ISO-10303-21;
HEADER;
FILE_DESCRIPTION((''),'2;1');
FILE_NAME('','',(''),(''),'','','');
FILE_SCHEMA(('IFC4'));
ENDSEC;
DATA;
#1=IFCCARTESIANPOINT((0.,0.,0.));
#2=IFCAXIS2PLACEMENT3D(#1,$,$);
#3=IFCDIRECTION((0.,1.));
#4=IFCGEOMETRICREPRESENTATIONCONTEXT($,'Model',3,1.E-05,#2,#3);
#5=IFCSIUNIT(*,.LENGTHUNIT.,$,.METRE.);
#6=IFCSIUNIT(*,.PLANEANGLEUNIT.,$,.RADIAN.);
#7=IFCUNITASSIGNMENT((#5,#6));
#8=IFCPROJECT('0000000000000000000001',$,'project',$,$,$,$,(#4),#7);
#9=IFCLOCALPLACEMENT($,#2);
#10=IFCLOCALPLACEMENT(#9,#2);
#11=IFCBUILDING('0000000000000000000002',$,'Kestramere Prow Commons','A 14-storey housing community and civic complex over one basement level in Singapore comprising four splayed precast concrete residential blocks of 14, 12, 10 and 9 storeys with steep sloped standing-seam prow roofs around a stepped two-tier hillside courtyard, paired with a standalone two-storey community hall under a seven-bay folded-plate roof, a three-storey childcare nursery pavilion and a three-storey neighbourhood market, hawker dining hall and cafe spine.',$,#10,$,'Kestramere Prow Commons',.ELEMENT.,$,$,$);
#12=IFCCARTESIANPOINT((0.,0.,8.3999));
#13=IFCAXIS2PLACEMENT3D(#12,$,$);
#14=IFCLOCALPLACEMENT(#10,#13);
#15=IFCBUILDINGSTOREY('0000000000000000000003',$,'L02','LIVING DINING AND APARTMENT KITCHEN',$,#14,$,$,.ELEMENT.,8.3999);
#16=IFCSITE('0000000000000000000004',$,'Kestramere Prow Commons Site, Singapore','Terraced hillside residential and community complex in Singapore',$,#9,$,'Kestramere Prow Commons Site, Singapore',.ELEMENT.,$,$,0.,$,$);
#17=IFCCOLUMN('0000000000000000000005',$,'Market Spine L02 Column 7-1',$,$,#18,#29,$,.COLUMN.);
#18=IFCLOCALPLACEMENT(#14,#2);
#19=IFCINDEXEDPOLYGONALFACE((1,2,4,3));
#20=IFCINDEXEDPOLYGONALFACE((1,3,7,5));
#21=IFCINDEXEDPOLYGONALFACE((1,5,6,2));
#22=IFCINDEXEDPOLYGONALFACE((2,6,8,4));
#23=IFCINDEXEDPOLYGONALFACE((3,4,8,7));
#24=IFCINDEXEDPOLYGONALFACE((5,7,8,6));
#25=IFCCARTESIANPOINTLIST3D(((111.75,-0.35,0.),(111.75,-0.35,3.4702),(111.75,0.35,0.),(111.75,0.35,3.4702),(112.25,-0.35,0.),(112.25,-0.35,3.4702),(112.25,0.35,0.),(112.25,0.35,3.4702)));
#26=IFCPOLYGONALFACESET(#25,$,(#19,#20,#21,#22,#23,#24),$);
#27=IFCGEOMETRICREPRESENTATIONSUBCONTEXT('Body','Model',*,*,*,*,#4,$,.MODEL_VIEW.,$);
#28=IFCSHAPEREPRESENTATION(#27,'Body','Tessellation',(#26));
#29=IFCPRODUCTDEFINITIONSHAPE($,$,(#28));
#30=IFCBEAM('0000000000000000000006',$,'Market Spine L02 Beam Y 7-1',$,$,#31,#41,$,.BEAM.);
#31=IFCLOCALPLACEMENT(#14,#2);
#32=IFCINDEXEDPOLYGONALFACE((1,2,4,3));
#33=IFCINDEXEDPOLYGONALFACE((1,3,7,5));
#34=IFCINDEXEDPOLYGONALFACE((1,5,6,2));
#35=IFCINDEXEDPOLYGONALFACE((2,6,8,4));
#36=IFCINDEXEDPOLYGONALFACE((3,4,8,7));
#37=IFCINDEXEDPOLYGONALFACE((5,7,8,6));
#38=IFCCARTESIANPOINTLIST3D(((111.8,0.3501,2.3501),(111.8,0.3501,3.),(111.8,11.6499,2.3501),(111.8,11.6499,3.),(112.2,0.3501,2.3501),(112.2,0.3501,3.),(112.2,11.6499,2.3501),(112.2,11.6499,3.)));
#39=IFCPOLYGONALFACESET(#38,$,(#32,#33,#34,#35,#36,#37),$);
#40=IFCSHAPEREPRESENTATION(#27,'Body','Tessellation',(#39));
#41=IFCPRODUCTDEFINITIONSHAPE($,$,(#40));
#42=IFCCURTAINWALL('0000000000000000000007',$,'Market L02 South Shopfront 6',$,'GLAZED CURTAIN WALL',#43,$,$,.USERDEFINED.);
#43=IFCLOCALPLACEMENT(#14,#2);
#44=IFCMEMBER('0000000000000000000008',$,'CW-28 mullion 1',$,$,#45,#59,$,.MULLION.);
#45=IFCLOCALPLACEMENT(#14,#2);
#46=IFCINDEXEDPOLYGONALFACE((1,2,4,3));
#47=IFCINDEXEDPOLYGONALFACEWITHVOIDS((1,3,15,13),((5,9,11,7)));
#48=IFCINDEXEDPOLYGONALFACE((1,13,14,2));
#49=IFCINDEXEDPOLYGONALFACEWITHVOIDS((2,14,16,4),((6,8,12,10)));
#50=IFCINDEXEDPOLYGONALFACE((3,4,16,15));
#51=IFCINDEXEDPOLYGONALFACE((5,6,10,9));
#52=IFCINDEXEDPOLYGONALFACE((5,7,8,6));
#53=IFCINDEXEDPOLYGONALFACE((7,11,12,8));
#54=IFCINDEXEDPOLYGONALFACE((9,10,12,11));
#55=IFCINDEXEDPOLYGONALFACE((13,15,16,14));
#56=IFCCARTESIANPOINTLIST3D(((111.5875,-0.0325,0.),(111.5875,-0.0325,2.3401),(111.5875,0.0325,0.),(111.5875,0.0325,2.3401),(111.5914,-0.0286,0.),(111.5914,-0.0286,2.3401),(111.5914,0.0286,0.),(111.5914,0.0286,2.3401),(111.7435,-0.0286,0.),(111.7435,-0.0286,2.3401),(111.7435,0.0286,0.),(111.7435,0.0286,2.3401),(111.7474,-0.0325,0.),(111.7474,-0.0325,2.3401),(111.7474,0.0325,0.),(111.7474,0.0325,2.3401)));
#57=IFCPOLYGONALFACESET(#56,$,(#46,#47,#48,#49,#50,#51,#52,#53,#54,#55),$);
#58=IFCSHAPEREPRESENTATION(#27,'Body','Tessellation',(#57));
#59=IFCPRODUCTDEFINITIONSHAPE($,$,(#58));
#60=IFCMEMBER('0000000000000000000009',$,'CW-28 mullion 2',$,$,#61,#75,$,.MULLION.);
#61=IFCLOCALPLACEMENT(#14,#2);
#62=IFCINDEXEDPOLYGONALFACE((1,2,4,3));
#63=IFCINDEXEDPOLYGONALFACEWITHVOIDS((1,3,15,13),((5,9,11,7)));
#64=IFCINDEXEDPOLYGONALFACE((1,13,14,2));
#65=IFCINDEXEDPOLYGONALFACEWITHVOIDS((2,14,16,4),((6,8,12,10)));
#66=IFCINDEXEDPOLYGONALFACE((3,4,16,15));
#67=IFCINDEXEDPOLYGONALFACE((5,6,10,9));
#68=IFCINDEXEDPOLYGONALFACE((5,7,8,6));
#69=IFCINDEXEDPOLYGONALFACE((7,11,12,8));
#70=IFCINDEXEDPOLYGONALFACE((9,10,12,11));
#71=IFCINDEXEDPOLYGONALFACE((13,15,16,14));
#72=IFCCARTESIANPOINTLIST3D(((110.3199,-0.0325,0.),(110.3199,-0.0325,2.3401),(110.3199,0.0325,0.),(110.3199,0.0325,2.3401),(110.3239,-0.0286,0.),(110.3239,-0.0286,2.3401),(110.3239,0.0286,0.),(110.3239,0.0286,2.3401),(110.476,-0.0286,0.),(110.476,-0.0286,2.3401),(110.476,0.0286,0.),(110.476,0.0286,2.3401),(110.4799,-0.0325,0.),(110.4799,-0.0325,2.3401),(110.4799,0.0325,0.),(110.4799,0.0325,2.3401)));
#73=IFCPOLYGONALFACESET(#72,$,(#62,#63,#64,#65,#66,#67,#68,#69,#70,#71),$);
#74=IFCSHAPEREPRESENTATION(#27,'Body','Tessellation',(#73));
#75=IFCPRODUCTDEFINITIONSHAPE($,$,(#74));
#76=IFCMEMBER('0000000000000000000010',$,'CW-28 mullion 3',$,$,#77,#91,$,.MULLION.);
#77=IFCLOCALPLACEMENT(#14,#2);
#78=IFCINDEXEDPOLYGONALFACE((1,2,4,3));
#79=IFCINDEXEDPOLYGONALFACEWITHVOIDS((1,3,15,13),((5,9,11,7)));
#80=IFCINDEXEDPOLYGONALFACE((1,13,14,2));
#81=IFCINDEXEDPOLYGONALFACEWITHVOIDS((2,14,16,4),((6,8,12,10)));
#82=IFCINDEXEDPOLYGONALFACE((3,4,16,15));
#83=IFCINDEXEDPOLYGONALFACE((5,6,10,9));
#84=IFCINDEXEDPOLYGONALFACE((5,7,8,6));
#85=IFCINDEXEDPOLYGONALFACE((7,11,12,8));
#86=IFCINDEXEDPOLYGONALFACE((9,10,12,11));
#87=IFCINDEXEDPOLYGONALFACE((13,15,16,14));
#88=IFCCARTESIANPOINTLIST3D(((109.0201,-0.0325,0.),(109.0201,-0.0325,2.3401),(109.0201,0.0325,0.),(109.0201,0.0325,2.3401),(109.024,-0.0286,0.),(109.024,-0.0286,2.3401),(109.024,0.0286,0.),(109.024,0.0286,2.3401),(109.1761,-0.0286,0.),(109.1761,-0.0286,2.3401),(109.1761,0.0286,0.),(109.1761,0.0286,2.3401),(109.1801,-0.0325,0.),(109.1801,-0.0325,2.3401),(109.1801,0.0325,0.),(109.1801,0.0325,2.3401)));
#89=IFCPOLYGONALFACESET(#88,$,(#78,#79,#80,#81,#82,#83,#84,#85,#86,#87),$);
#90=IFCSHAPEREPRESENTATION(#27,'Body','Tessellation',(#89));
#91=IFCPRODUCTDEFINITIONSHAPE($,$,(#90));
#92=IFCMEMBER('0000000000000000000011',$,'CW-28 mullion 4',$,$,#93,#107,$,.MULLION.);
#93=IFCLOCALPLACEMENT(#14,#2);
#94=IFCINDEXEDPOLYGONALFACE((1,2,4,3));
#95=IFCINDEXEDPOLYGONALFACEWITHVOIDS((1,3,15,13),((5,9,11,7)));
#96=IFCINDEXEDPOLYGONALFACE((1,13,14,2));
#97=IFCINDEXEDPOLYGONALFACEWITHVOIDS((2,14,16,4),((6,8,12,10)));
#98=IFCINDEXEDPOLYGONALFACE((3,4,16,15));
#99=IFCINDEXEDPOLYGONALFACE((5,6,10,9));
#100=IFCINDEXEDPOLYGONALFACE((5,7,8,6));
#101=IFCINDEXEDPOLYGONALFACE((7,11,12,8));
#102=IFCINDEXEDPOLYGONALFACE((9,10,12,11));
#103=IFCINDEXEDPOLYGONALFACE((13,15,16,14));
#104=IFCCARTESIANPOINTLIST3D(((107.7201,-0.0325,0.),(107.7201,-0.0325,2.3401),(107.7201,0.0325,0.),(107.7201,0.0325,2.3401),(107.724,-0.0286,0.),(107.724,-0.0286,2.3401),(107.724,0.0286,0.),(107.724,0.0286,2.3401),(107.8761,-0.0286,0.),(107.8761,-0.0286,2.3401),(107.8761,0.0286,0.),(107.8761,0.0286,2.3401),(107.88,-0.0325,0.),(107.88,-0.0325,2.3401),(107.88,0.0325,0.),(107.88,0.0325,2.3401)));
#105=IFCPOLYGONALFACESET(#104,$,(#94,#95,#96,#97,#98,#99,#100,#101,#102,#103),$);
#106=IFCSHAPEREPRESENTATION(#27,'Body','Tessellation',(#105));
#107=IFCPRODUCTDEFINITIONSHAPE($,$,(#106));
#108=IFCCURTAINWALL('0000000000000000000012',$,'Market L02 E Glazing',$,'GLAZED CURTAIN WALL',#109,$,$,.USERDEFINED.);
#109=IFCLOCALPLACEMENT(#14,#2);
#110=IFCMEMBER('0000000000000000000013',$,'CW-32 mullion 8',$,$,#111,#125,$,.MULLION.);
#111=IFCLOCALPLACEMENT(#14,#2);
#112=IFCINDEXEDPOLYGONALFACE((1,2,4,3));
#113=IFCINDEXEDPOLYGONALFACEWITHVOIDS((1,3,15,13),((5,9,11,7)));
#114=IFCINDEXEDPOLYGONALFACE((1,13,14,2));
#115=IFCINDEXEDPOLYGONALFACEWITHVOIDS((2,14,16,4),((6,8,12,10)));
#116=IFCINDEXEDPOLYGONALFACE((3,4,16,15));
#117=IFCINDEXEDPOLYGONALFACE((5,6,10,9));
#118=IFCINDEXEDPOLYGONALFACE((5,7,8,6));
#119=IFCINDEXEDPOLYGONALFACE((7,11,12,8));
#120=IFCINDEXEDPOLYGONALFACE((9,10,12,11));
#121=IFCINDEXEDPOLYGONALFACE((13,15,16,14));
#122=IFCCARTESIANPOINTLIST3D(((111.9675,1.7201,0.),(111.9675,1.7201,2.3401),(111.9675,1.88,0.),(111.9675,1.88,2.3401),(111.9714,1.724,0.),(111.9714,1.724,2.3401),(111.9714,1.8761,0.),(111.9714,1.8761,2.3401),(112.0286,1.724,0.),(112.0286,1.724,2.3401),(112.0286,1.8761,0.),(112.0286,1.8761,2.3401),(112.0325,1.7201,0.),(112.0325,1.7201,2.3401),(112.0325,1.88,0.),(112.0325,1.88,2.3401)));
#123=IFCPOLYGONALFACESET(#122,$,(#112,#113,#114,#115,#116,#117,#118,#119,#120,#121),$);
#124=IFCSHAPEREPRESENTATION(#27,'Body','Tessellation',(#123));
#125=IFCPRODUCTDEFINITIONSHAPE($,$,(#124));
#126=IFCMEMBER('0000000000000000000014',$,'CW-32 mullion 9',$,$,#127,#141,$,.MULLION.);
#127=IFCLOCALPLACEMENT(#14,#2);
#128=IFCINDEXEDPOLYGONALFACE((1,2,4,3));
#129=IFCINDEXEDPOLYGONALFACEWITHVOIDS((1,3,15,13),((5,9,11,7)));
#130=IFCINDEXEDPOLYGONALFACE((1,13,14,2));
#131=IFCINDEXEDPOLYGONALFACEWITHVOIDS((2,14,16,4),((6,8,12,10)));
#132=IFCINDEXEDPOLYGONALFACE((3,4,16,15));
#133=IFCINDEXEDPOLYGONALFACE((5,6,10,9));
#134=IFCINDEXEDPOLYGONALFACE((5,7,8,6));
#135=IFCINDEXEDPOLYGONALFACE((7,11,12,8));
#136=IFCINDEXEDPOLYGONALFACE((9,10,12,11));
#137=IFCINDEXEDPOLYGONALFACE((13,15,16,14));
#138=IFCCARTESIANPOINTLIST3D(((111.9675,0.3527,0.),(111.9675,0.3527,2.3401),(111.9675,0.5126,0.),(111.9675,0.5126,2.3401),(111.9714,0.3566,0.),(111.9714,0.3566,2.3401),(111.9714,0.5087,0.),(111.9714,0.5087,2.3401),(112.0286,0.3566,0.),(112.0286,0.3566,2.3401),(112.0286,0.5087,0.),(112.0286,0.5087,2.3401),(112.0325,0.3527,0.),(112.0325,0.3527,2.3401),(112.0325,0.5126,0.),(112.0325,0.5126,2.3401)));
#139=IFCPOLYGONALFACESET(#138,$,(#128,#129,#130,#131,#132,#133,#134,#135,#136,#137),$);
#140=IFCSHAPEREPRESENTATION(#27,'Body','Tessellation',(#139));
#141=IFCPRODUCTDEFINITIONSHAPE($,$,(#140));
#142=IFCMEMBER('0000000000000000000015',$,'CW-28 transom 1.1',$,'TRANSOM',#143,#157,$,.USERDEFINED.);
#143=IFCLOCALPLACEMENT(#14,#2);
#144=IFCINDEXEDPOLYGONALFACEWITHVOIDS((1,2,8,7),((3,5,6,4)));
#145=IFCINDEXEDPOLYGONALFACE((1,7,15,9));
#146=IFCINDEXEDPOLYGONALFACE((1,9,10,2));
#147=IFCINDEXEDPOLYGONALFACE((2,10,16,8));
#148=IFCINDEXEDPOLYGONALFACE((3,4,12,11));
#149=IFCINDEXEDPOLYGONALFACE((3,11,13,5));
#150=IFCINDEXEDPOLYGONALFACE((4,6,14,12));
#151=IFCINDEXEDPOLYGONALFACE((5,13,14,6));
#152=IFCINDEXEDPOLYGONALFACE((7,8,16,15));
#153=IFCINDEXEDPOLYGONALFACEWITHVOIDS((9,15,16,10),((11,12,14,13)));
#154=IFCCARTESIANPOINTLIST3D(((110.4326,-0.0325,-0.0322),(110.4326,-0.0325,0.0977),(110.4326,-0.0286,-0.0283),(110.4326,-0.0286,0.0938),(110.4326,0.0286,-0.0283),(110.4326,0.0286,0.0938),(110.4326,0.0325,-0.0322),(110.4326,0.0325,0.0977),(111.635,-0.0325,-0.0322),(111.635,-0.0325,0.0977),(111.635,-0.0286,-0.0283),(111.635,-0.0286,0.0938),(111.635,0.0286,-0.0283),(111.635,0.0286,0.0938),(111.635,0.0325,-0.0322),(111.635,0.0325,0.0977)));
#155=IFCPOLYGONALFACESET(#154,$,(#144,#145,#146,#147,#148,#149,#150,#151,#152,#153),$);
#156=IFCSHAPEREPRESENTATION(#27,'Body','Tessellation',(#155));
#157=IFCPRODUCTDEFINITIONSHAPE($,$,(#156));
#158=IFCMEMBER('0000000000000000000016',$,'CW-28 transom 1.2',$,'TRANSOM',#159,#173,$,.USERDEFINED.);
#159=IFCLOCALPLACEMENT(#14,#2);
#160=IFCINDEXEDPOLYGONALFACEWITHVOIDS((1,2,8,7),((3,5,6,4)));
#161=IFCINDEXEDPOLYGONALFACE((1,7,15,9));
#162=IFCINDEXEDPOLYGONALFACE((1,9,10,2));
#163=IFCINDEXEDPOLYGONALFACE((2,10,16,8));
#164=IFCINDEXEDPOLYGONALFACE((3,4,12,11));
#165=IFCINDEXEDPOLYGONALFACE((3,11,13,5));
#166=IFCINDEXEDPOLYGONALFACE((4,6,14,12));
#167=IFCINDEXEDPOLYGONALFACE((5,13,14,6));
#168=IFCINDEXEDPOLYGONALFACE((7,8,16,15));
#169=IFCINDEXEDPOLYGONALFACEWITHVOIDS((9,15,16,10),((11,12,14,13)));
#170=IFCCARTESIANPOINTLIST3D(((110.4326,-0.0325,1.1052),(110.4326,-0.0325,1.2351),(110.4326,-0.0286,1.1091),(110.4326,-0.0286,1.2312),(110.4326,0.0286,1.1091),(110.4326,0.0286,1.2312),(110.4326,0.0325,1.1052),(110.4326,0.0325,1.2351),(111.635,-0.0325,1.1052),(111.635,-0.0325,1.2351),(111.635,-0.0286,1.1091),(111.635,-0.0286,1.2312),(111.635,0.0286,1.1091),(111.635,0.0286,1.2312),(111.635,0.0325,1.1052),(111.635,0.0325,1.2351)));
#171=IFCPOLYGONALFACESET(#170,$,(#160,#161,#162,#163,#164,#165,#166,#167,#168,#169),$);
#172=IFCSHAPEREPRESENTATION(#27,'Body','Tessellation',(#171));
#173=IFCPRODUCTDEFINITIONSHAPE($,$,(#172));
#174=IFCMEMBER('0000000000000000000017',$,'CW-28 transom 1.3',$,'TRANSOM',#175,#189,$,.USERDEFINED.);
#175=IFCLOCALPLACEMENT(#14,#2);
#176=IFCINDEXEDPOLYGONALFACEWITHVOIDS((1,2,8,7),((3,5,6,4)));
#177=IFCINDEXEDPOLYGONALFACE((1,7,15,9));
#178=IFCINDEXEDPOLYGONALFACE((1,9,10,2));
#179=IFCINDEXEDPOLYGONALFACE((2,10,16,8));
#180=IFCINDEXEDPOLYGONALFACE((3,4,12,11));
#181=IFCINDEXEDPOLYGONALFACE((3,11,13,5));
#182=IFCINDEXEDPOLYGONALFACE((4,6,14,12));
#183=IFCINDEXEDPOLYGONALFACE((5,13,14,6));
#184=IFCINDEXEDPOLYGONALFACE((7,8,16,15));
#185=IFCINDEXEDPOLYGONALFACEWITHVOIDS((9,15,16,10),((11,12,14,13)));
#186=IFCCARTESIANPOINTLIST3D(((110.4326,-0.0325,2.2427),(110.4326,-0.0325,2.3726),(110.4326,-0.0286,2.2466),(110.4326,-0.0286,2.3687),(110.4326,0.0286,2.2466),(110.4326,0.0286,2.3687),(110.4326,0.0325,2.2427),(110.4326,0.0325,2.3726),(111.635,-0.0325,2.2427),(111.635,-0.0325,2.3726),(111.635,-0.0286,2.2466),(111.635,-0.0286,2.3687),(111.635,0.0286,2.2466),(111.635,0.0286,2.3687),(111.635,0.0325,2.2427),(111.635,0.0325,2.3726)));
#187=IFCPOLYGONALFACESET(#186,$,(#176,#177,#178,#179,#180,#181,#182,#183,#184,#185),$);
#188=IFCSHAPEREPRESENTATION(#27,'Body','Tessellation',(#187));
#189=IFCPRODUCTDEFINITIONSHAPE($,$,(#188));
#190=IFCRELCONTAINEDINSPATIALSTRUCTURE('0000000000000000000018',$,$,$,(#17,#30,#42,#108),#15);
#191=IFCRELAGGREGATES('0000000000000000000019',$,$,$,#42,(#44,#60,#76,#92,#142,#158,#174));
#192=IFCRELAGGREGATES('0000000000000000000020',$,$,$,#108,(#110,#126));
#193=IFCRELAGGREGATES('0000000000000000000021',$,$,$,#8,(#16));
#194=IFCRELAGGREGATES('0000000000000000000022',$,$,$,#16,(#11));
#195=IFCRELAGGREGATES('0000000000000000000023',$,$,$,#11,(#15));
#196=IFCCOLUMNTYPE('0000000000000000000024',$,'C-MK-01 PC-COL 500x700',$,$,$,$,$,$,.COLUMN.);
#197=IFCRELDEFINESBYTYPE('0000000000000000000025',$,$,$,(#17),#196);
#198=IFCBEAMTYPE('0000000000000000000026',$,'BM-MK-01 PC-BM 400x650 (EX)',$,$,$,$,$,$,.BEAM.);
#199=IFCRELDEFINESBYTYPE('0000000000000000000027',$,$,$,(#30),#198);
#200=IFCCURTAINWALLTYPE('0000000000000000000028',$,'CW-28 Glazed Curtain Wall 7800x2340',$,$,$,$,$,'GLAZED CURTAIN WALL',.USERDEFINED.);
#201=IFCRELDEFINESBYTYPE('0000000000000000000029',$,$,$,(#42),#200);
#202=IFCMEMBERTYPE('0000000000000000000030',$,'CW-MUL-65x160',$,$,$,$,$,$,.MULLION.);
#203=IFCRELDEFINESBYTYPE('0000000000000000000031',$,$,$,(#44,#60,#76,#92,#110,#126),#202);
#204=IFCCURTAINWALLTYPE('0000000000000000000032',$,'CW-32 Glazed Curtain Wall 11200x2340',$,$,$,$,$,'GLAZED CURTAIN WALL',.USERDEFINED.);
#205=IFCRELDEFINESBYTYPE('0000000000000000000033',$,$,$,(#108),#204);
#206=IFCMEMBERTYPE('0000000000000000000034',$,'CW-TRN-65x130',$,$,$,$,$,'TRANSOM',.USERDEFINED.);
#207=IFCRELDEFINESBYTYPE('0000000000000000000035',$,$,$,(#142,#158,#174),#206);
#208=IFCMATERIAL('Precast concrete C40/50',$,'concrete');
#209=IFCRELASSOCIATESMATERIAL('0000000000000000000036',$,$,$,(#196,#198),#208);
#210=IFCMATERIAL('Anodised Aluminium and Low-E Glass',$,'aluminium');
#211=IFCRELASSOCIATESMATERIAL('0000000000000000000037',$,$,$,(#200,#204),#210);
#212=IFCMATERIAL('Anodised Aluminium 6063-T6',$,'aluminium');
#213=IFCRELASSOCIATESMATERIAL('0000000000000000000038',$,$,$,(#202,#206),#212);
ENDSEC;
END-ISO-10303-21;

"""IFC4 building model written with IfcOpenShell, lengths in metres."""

from ifc_helpers import new_model, si_unit, direction, frame, origin, origin_2d, place, context, subcontext, project, spatial, rectangle, hollow_rectangle, extrude, material, material_profile, profile_set, type_object, element, aggregate, save


model = new_model("IFC4")

# Units and contexts
model_context = context("Model", 3, precision=1e-05, world=origin(), true_north=direction((0.0, 1.0)))
body_context = subcontext(model_context, "Body", "Model", "MODEL_VIEW")
ifc_project = project(units=[si_unit("LENGTHUNIT", "METRE"), si_unit("PLANEANGLEUNIT", "RADIAN")], contexts=[model_context])

# Site, building, storey
site_placement = place(None, origin())
site = spatial("IfcSite", under=ifc_project, at=site_placement, Name="Kestramere Prow Commons Site, Singapore", Description="Terraced hillside residential and community complex in Singapore", LongName="Kestramere Prow Commons Site, Singapore", CompositionType="ELEMENT", RefElevation=0.0)
building_placement = place(site_placement, origin())
building = spatial("IfcBuilding", under=site, at=building_placement, Name="Kestramere Prow Commons", Description="A 14-storey housing community and civic complex over one basement level in Singapore comprising four splayed precast concrete residential blocks of 14, 12, 10 and 9 storeys with steep sloped standing-seam prow roofs around a stepped two-tier hillside courtyard, paired with a standalone two-storey community hall under a seven-bay folded-plate roof, a three-storey childcare nursery pavilion and a three-storey neighbourhood market, hawker dining hall and cafe spine.", LongName="Kestramere Prow Commons", CompositionType="ELEMENT")
storey_placement = place(building_placement, frame((0.0, 0.0, 8.3999)))
storey = spatial("IfcBuildingStorey", under=building, at=storey_placement, Name="L02", Description="LIVING DINING AND APARTMENT KITCHEN", CompositionType="ELEMENT", Elevation=8.3999)

# Column
ifc_material_1 = material(Name="Precast concrete C40/50", Category="concrete")
ifc_material_profile_1 = material_profile(ifc_material_1, rectangle(XDim=0.5, YDim=0.7, at=origin_2d()), Name="PC-COL 500x700")
ifc_profile_set_1 = profile_set([ifc_material_profile_1], Name="Precast concrete C40/50")
column_type = type_object("IfcColumnType", Name="C-MK-01 PC-COL 500x700", PredefinedType="COLUMN", material=ifc_profile_set_1)
column_placement = place(storey_placement, frame((112.0, 0.0, 0.0), z_axis=(0.0, 0.0, 1.0), x_axis=(1.0, 0.0, 0.0)))
element("IfcColumn", 1, at=column_placement, inside=storey, type_object=column_type, Name="Market Spine L02 Column 7-1", PredefinedType="COLUMN", context=body_context, shape_type="SweptSolid", body=[
    extrude(rectangle(XDim=0.5, YDim=0.7, at=origin_2d()), origin(), (0.0, 0.0, 1.0), 3.4702),
])

# Beam
ifc_material_profile_2 = material_profile(ifc_material_1, rectangle(XDim=0.3999, YDim=0.6499, at=origin_2d()), Name="PC-BM 400x650")
ifc_profile_set_2 = profile_set([ifc_material_profile_2], Name="Precast concrete C40/50")
beam_type = type_object("IfcBeamType", Name="BM-MK-01 PC-BM 400x650 (EX)", PredefinedType="BEAM", material=ifc_profile_set_2)
beam_placement = place(storey_placement, frame((112.0, 0.3501, 2.675), z_axis=(0.0, 1.0, 0.0), x_axis=(-1.0, 0.0, 0.0)))
element("IfcBeam", 2, at=beam_placement, inside=storey, type_object=beam_type, Name="Market Spine L02 Beam Y 7-1", PredefinedType="BEAM", context=body_context, shape_type="SweptSolid", body=[
    extrude(rectangle(XDim=0.3999, YDim=0.6499, at=origin_2d()), origin(), (0.0, 0.0, 1.0), 11.2998),
])

# Curtain walls, members
ifc_material_2 = material(Name="Anodised Aluminium and Low-E Glass", Category="aluminium")
curtain_wall_type_1 = type_object("IfcCurtainWallType", Name="CW-28 Glazed Curtain Wall 7800x2340", ElementType="GLAZED CURTAIN WALL", PredefinedType="USERDEFINED", material=ifc_material_2)
curtain_wall_1_placement = place(storey_placement, origin())
curtain_wall_1 = element("IfcCurtainWall", 3, at=curtain_wall_1_placement, inside=storey, type_object=curtain_wall_type_1, Name="Market L02 South Shopfront 6", ObjectType="GLAZED CURTAIN WALL", PredefinedType="USERDEFINED")
ifc_material_3 = material(Name="Anodised Aluminium 6063-T6", Category="aluminium")
ifc_material_profile_3 = material_profile(ifc_material_3, hollow_rectangle(XDim=0.0649, YDim=0.1599, WallThickness=0.0039, at=origin_2d()), Name="ALU-MUL 65x160")
ifc_profile_set_3 = profile_set([ifc_material_profile_3], Name="Anodised Aluminium 6063-T6")
member_type_1 = type_object("IfcMemberType", Name="CW-MUL-65x160", PredefinedType="MULLION", material=ifc_profile_set_3)
member_1_placement = place(storey_placement, frame((111.6675, 0.0, 0.0), z_axis=(0.0, 0.0, 1.0), x_axis=(0.0, -1.0, 0.0)))
member_1 = element("IfcMember", 4, at=member_1_placement, type_object=member_type_1, Name="CW-28 mullion 1", PredefinedType="MULLION", context=body_context, shape_type="SweptSolid", body=[
    extrude(hollow_rectangle(XDim=0.0649, YDim=0.1599, WallThickness=0.0039, at=origin_2d()), origin(), (0.0, 0.0, 1.0), 2.3401),
])
member_2_placement = place(storey_placement, frame((110.3999, 0.0, 0.0), z_axis=(0.0, 0.0, 1.0), x_axis=(0.0, -1.0, 0.0)))
member_2 = element("IfcMember", 5, at=member_2_placement, type_object=member_type_1, Name="CW-28 mullion 2", PredefinedType="MULLION", context=body_context, shape_type="SweptSolid", body=[
    extrude(hollow_rectangle(XDim=0.0649, YDim=0.1599, WallThickness=0.0039, at=origin_2d()), origin(), (0.0, 0.0, 1.0), 2.3401),
])
member_3_placement = place(storey_placement, frame((109.1001, 0.0, 0.0), z_axis=(0.0, 0.0, 1.0), x_axis=(0.0, -1.0, 0.0)))
member_3 = element("IfcMember", 6, at=member_3_placement, type_object=member_type_1, Name="CW-28 mullion 3", PredefinedType="MULLION", context=body_context, shape_type="SweptSolid", body=[
    extrude(hollow_rectangle(XDim=0.0649, YDim=0.1599, WallThickness=0.0039, at=origin_2d()), origin(), (0.0, 0.0, 1.0), 2.3401),
])
member_4_placement = place(storey_placement, frame((107.8, 0.0, 0.0), z_axis=(0.0, 0.0, 1.0), x_axis=(0.0, -1.0, 0.0)))
member_4 = element("IfcMember", 7, at=member_4_placement, type_object=member_type_1, Name="CW-28 mullion 4", PredefinedType="MULLION", context=body_context, shape_type="SweptSolid", body=[
    extrude(hollow_rectangle(XDim=0.0649, YDim=0.1599, WallThickness=0.0039, at=origin_2d()), origin(), (0.0, 0.0, 1.0), 2.3401),
])
curtain_wall_type_2 = type_object("IfcCurtainWallType", Name="CW-32 Glazed Curtain Wall 11200x2340", ElementType="GLAZED CURTAIN WALL", PredefinedType="USERDEFINED", material=ifc_material_2)
curtain_wall_2_placement = place(storey_placement, origin())
curtain_wall_2 = element("IfcCurtainWall", 8, at=curtain_wall_2_placement, inside=storey, type_object=curtain_wall_type_2, Name="Market L02 E Glazing", ObjectType="GLAZED CURTAIN WALL", PredefinedType="USERDEFINED")
member_5_placement = place(storey_placement, frame((112.0, 1.8, 0.0), z_axis=(0.0, 0.0, 1.0), x_axis=(1.0, 0.0, 0.0)))
member_5 = element("IfcMember", 9, at=member_5_placement, type_object=member_type_1, Name="CW-32 mullion 8", PredefinedType="MULLION", context=body_context, shape_type="SweptSolid", body=[
    extrude(hollow_rectangle(XDim=0.0649, YDim=0.1599, WallThickness=0.0039, at=origin_2d()), origin(), (0.0, 0.0, 1.0), 2.3401),
])
member_6_placement = place(storey_placement, frame((112.0, 0.4326, 0.0), z_axis=(0.0, 0.0, 1.0), x_axis=(1.0, 0.0, 0.0)))
member_6 = element("IfcMember", 10, at=member_6_placement, type_object=member_type_1, Name="CW-32 mullion 9", PredefinedType="MULLION", context=body_context, shape_type="SweptSolid", body=[
    extrude(hollow_rectangle(XDim=0.0649, YDim=0.1599, WallThickness=0.0039, at=origin_2d()), origin(), (0.0, 0.0, 1.0), 2.3401),
])

# Members
ifc_material_profile_4 = material_profile(ifc_material_3, hollow_rectangle(XDim=0.0649, YDim=0.1299, WallThickness=0.0039, at=origin_2d()), Name="ALU-TRN 65x130")
ifc_profile_set_4 = profile_set([ifc_material_profile_4], Name="Anodised Aluminium 6063-T6")
member_type_2 = type_object("IfcMemberType", Name="CW-TRN-65x130", ElementType="TRANSOM", PredefinedType="USERDEFINED", material=ifc_profile_set_4)
member_7_placement = place(storey_placement, frame((111.635, 0.0, 0.0327), z_axis=(-1.0, 0.0, 0.0), x_axis=(0.0, -1.0, 0.0)))
member_7 = element("IfcMember", 11, at=member_7_placement, type_object=member_type_2, Name="CW-28 transom 1.1", ObjectType="TRANSOM", PredefinedType="USERDEFINED", context=body_context, shape_type="SweptSolid", body=[
    extrude(hollow_rectangle(XDim=0.0649, YDim=0.1299, WallThickness=0.0039, at=origin_2d()), origin(), (0.0, 0.0, 1.0), 1.2024),
])
member_8_placement = place(storey_placement, frame((111.635, 0.0, 1.1702), z_axis=(-1.0, 0.0, 0.0), x_axis=(0.0, -1.0, 0.0)))
member_8 = element("IfcMember", 12, at=member_8_placement, type_object=member_type_2, Name="CW-28 transom 1.2", ObjectType="TRANSOM", PredefinedType="USERDEFINED", context=body_context, shape_type="SweptSolid", body=[
    extrude(hollow_rectangle(XDim=0.0649, YDim=0.1299, WallThickness=0.0039, at=origin_2d()), origin(), (0.0, 0.0, 1.0), 1.2024),
])
member_9_placement = place(storey_placement, frame((111.635, 0.0, 2.3076), z_axis=(-1.0, 0.0, 0.0), x_axis=(0.0, -1.0, 0.0)))
member_9 = element("IfcMember", 13, at=member_9_placement, type_object=member_type_2, Name="CW-28 transom 1.3", ObjectType="TRANSOM", PredefinedType="USERDEFINED", context=body_context, shape_type="SweptSolid", body=[
    extrude(hollow_rectangle(XDim=0.0649, YDim=0.1299, WallThickness=0.0039, at=origin_2d()), origin(), (0.0, 0.0, 1.0), 1.2024),
])

aggregate(curtain_wall_1, [member_1, member_2, member_3, member_4, member_7, member_8, member_9])
aggregate(curtain_wall_2, [member_5, member_6])

save(model, "model.ifc")
